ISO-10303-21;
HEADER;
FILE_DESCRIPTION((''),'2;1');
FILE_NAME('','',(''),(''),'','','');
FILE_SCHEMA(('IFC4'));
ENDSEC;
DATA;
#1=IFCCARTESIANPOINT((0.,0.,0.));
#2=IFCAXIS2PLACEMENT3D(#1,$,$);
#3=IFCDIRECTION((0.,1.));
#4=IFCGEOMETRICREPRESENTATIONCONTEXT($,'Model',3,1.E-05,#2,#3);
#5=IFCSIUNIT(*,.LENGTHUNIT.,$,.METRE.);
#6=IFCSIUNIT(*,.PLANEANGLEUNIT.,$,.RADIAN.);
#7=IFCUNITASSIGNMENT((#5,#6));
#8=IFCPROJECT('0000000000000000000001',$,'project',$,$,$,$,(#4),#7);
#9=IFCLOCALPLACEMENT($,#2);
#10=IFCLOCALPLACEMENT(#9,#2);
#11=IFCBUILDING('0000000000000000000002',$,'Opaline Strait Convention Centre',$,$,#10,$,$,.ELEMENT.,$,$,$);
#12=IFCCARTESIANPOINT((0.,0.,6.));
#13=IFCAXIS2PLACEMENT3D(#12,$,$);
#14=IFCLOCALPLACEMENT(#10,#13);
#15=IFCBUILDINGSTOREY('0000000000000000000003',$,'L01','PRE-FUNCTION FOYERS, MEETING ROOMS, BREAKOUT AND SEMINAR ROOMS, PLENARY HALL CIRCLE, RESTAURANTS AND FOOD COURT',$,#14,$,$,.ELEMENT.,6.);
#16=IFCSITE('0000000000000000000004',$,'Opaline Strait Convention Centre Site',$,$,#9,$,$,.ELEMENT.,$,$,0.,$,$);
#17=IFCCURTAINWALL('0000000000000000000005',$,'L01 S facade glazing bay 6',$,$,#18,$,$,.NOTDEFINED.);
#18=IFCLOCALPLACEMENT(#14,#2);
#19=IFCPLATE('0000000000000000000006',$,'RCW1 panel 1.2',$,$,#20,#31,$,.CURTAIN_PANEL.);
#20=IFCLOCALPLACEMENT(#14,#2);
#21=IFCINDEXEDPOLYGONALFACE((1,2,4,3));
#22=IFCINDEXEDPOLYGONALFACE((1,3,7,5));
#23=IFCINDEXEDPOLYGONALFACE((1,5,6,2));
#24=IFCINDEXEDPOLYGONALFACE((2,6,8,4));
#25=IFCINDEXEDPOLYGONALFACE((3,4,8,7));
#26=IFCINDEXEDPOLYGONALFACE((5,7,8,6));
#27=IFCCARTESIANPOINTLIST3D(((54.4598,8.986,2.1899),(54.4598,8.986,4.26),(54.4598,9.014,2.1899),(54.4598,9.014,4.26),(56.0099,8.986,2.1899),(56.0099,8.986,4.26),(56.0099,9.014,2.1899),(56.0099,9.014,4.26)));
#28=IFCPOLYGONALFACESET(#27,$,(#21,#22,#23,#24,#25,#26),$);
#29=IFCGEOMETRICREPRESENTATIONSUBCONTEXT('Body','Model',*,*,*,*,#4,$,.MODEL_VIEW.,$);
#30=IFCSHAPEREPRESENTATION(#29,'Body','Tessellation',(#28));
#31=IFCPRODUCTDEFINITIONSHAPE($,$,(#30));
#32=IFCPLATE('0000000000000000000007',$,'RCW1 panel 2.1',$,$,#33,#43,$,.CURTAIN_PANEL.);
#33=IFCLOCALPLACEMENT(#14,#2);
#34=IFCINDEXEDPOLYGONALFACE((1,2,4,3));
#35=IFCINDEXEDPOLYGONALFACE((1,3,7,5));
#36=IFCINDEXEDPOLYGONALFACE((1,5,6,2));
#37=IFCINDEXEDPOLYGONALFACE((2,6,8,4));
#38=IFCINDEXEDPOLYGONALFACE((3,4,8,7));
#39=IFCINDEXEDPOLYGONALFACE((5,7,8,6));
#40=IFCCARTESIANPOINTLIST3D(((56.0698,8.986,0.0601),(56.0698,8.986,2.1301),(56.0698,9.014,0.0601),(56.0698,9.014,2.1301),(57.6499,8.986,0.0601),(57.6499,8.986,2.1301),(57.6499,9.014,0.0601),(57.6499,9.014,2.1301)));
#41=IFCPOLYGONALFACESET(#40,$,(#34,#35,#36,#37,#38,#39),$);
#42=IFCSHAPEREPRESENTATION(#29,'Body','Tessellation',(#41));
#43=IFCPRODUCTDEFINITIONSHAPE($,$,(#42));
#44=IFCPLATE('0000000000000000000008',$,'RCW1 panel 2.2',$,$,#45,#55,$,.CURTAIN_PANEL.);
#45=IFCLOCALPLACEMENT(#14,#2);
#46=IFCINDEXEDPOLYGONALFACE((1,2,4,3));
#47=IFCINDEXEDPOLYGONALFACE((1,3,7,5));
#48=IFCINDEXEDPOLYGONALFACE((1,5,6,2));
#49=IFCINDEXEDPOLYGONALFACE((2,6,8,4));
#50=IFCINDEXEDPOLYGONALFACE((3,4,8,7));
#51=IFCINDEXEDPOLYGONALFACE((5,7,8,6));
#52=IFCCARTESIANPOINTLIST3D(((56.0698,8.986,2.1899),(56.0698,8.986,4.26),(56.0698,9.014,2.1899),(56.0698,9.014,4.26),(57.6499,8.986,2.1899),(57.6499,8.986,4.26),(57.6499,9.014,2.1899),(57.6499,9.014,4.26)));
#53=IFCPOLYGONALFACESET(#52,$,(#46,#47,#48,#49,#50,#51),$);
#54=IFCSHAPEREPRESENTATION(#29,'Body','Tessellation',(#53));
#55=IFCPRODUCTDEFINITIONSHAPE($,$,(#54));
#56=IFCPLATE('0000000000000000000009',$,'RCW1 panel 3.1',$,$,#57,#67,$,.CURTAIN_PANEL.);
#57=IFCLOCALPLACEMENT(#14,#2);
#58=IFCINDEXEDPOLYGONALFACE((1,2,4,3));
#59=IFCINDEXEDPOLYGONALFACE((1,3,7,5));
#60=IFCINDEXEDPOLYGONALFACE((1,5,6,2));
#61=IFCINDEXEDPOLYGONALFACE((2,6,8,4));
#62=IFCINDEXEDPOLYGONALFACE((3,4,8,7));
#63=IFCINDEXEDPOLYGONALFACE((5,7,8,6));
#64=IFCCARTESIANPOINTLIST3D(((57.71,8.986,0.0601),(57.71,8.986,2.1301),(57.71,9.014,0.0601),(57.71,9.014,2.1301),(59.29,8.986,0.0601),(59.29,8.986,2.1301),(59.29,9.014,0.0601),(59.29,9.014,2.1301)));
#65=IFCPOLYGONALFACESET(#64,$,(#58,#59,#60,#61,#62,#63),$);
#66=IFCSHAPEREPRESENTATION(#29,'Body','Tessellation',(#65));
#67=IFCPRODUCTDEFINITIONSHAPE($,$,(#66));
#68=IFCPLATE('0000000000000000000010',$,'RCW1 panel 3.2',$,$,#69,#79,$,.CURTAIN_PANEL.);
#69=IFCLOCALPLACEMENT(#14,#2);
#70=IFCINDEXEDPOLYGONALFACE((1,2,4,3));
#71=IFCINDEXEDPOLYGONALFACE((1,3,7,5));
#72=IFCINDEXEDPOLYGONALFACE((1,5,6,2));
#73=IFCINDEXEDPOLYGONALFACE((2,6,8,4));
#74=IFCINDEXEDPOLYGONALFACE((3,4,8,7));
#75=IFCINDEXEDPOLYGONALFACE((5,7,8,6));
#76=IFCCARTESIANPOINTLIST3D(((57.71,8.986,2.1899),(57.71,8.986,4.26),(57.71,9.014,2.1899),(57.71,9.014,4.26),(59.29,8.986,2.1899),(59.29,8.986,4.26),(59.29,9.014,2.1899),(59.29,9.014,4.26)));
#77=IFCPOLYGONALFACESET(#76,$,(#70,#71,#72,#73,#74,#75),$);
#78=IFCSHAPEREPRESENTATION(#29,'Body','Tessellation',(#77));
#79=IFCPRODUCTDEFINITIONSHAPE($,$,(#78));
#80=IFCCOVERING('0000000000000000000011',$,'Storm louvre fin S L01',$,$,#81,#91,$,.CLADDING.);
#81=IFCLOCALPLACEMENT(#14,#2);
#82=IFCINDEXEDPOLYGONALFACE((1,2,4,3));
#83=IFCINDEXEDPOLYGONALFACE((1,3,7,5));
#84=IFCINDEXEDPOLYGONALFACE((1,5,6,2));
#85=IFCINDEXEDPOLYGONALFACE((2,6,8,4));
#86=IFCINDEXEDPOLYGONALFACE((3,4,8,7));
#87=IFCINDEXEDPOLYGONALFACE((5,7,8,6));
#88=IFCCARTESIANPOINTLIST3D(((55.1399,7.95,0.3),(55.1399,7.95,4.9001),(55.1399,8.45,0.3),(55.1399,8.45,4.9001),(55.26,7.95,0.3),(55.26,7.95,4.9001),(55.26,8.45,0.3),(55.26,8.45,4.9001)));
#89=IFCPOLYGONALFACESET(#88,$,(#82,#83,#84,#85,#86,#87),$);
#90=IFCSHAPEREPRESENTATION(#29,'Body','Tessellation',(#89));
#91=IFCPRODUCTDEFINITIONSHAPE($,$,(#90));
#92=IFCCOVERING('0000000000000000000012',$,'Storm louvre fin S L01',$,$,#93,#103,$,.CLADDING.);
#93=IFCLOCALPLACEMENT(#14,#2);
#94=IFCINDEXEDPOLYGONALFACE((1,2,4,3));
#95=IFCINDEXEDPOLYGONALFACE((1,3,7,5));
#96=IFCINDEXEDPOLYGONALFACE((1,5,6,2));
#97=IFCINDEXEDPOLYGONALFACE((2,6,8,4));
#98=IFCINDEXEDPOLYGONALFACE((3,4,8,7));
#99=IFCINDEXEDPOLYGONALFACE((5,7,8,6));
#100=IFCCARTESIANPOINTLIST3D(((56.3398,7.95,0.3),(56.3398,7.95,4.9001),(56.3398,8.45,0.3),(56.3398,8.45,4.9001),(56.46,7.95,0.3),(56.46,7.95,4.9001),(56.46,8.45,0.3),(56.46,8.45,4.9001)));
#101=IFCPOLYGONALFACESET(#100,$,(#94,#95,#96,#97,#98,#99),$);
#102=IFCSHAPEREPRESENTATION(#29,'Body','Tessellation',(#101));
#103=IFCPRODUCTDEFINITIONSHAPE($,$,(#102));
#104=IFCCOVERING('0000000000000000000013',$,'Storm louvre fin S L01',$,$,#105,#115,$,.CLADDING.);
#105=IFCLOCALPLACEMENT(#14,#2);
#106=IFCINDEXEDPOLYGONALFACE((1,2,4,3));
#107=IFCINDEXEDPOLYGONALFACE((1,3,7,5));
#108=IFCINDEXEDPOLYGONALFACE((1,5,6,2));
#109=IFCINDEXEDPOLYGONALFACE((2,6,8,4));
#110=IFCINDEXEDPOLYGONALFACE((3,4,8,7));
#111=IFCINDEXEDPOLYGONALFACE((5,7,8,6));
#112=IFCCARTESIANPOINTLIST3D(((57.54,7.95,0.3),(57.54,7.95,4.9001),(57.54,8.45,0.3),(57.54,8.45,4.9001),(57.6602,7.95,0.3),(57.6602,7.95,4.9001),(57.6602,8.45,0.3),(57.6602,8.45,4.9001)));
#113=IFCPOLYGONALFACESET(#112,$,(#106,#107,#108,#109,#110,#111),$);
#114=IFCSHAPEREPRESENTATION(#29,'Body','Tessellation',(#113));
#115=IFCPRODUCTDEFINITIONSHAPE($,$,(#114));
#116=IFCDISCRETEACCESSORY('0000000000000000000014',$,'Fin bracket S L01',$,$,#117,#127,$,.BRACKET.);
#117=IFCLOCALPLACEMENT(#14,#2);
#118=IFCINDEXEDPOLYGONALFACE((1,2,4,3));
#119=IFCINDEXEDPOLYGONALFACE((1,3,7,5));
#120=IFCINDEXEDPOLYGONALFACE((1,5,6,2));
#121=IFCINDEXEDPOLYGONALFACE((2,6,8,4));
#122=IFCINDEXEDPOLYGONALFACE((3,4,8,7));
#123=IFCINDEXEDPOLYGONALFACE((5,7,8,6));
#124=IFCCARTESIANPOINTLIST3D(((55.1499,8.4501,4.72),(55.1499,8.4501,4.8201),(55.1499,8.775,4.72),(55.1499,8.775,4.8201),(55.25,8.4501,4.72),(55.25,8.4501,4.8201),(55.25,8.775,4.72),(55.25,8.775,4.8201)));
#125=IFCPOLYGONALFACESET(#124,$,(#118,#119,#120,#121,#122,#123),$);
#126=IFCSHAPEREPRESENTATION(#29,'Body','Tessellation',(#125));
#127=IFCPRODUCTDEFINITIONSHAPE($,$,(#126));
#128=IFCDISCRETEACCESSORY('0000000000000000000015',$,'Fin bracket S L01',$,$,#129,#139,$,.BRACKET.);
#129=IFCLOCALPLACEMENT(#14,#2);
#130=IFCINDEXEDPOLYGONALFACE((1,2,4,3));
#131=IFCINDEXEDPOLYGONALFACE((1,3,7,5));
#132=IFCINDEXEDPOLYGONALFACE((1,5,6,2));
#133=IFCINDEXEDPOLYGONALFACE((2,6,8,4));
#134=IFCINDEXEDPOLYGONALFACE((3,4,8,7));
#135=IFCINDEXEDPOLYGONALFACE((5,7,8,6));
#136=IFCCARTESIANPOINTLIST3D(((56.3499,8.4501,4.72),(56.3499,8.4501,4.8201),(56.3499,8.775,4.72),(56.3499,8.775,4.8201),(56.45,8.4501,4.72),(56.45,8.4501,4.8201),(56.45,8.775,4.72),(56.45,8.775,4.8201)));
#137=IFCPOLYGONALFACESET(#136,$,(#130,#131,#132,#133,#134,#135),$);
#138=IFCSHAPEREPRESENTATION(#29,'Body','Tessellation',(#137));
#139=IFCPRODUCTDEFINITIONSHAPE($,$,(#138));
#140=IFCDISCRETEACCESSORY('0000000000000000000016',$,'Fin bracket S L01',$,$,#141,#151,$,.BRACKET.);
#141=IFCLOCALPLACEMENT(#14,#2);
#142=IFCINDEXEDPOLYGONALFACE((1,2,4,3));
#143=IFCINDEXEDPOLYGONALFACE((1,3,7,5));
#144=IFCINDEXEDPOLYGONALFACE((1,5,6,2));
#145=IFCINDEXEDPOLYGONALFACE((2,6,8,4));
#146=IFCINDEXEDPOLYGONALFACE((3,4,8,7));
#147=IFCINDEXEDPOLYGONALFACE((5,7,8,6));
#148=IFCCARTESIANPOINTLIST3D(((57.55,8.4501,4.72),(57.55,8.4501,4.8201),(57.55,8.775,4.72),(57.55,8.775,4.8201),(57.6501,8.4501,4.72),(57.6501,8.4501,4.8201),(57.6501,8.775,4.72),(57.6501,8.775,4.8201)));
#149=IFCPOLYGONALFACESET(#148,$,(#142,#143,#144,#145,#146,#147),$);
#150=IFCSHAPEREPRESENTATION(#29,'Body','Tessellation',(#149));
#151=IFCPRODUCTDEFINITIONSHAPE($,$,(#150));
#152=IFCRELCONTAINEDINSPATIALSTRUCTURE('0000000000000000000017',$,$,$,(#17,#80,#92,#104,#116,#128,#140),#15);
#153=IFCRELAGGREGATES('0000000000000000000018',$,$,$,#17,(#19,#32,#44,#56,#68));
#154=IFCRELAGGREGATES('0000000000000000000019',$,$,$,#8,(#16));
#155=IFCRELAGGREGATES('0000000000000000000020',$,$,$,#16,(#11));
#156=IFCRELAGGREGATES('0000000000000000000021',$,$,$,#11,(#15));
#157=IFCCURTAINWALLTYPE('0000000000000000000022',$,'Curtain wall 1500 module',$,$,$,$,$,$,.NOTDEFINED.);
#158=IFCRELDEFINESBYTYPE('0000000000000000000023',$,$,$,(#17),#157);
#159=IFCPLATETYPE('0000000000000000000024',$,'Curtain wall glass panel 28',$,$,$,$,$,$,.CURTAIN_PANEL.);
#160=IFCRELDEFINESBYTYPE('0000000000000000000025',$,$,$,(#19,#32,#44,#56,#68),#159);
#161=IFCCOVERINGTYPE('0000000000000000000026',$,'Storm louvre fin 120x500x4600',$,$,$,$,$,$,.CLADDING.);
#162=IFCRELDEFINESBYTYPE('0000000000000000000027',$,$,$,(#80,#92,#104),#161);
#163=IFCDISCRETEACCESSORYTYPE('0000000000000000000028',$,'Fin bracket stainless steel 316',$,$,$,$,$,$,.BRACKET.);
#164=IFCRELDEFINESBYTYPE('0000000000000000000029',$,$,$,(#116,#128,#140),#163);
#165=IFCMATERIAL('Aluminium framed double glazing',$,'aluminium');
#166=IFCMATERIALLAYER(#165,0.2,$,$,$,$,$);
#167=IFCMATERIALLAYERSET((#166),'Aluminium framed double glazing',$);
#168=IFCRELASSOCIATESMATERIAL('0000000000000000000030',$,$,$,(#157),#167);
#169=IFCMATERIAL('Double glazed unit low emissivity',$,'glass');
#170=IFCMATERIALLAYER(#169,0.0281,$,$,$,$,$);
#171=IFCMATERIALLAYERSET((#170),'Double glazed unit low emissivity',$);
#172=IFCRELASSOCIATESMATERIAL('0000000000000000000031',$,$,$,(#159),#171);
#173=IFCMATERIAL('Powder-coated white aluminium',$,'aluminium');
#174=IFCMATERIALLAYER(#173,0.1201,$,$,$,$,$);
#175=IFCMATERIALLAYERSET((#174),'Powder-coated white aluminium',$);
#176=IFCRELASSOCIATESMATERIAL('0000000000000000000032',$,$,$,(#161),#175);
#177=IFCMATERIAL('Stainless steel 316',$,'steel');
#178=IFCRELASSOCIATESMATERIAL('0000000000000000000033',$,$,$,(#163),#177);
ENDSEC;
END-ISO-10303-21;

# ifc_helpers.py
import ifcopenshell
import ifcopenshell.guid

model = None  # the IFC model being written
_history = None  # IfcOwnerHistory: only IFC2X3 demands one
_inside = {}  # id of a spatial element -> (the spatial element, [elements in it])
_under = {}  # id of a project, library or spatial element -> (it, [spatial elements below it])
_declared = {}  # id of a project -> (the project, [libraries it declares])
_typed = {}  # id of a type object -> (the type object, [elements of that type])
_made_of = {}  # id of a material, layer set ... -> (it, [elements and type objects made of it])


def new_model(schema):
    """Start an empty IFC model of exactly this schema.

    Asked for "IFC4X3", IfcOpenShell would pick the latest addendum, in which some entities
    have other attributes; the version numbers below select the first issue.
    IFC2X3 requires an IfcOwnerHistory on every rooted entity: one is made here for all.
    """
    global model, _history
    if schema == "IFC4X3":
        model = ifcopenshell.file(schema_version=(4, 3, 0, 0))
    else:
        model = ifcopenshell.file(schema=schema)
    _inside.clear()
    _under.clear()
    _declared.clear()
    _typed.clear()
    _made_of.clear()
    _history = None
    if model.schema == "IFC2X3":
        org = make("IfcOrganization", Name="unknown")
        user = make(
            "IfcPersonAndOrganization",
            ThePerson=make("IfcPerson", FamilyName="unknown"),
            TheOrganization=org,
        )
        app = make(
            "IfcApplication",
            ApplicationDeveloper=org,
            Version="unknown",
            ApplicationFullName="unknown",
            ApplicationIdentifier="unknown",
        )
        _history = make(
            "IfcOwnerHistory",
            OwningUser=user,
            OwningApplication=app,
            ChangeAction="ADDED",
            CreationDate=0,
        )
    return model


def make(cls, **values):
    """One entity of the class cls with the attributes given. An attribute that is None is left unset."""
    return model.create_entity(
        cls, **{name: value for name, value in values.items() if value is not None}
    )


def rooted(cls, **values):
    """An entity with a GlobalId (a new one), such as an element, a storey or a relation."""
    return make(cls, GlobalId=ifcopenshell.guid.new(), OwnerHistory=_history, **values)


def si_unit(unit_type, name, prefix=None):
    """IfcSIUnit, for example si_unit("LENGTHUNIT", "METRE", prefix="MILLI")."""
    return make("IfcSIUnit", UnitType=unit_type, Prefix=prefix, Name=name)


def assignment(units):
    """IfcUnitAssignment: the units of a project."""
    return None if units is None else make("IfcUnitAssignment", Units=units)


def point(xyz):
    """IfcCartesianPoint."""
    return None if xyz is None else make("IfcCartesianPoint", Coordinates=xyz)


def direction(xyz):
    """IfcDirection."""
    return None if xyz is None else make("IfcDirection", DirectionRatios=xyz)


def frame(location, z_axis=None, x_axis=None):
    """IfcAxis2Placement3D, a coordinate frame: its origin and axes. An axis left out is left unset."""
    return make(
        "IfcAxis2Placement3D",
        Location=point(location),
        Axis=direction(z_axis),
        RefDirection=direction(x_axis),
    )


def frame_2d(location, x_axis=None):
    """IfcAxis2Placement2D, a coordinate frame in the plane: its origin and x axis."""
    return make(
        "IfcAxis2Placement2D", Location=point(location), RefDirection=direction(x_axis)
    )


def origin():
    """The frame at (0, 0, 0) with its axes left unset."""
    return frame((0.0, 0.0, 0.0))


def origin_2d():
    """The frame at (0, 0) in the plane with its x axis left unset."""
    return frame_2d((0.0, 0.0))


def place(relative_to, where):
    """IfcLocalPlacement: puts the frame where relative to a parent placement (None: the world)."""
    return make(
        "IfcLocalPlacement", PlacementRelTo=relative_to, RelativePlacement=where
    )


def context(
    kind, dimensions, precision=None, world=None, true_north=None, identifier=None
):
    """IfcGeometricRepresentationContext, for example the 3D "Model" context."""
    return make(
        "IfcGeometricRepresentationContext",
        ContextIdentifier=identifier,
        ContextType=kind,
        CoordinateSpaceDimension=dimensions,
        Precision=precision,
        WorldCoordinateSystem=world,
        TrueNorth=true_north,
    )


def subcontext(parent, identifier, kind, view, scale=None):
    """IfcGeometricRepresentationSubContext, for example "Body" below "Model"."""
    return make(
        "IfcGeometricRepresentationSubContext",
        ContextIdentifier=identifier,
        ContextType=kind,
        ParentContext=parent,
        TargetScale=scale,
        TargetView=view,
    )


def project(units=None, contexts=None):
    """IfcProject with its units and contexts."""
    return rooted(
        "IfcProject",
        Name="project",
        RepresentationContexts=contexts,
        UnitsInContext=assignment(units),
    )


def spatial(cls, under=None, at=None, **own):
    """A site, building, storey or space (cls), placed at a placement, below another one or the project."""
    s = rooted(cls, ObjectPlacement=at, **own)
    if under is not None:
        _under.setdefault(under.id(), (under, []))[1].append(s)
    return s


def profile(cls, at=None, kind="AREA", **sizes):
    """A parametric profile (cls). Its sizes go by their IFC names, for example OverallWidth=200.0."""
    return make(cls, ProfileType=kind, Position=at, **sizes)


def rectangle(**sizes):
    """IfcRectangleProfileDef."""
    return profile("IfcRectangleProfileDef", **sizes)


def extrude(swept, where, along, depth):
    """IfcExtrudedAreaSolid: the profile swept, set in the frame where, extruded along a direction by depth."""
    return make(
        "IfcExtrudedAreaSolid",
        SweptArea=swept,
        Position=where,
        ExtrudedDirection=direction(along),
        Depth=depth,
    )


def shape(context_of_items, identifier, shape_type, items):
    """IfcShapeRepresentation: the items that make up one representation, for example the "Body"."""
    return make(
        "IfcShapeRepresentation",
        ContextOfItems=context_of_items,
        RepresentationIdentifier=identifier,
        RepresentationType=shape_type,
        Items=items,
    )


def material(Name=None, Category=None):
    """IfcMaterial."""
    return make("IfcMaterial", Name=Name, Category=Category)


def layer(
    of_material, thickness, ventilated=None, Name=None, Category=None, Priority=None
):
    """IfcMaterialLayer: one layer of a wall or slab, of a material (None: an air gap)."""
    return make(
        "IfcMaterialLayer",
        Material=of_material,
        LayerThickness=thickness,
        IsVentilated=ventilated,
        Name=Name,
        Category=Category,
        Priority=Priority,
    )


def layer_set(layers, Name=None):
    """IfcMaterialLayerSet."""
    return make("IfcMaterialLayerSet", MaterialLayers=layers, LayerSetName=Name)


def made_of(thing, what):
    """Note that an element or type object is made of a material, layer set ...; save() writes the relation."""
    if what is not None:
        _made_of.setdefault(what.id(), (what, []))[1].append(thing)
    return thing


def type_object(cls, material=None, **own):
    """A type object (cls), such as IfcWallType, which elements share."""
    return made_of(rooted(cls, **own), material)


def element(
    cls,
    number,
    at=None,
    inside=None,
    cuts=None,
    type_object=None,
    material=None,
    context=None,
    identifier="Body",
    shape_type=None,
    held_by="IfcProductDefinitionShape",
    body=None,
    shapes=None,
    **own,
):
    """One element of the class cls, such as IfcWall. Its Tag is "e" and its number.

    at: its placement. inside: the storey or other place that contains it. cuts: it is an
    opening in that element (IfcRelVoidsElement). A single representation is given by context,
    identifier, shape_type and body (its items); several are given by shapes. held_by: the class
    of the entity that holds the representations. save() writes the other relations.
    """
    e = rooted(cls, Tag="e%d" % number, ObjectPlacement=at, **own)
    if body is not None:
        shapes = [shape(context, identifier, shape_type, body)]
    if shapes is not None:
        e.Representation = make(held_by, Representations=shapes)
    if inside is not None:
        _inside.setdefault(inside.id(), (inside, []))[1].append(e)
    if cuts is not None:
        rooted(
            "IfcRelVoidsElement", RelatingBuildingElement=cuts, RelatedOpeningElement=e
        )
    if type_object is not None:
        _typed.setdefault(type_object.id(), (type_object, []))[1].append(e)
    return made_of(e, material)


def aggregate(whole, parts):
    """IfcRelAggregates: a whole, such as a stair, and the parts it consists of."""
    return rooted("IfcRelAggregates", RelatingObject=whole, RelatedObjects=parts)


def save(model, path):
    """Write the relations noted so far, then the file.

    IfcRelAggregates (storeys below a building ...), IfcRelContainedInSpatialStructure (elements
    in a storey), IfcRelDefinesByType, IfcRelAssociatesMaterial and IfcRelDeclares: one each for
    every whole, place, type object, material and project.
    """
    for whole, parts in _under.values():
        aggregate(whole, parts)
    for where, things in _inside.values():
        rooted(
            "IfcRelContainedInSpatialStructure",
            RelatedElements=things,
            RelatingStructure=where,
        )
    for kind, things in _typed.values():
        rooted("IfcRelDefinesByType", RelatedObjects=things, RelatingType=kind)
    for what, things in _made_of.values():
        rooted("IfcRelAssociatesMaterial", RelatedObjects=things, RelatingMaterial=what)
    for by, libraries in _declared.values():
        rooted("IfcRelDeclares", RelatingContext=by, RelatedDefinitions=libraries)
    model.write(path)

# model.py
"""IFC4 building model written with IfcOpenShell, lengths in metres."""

from ifc_helpers import new_model, si_unit, direction, frame, origin, origin_2d, place, context, subcontext, project, spatial, rectangle, extrude, material, layer, layer_set, type_object, element, aggregate, save


model = new_model("IFC4")

# Units and contexts
model_context = context("Model", 3, precision=1e-05, world=origin(), true_north=direction((0.0, 1.0)))
body_context = subcontext(model_context, "Body", "Model", "MODEL_VIEW")
ifc_project = project(units=[si_unit("LENGTHUNIT", "METRE"), si_unit("PLANEANGLEUNIT", "RADIAN")], contexts=[model_context])

# Site, building, storey
site_placement = place(None, origin())
site = spatial("IfcSite", under=ifc_project, at=site_placement, Name="Opaline Strait Convention Centre Site", CompositionType="ELEMENT", RefElevation=0.0)
building_placement = place(site_placement, origin())
building = spatial("IfcBuilding", under=site, at=building_placement, Name="Opaline Strait Convention Centre", CompositionType="ELEMENT")
storey_placement = place(building_placement, frame((0.0, 0.0, 6.0)))
storey = spatial("IfcBuildingStorey", under=building, at=storey_placement, Name="L01", Description="PRE-FUNCTION FOYERS, MEETING ROOMS, BREAKOUT AND SEMINAR ROOMS, PLENARY HALL CIRCLE, RESTAURANTS AND FOOD COURT", CompositionType="ELEMENT", Elevation=6.0)

# Curtain wall
ifc_material_1 = material(Name="Aluminium framed double glazing", Category="aluminium")
ifc_layer_1 = layer(ifc_material_1, 0.2)
ifc_layer_set_1 = layer_set([ifc_layer_1], Name="Aluminium framed double glazing")
curtain_wall_type = type_object("IfcCurtainWallType", Name="Curtain wall 1500 module", PredefinedType="NOTDEFINED", material=ifc_layer_set_1)
curtain_wall_placement = place(storey_placement, origin())
curtain_wall = element("IfcCurtainWall", 1, at=curtain_wall_placement, inside=storey, type_object=curtain_wall_type, Name="L01 S facade glazing bay 6", PredefinedType="NOTDEFINED")

# Plates
ifc_material_2 = material(Name="Double glazed unit low emissivity", Category="glass")
ifc_layer_2 = layer(ifc_material_2, 0.0281)
ifc_layer_set_2 = layer_set([ifc_layer_2], Name="Double glazed unit low emissivity")
plate_type = type_object("IfcPlateType", Name="Curtain wall glass panel 28", PredefinedType="CURTAIN_PANEL", material=ifc_layer_set_2)
plate_1_placement = place(storey_placement, frame((55.2349, 9.0, 2.1899), z_axis=(0.0, 0.0, 1.0), x_axis=(1.0, 0.0, 0.0)))
plate_1 = element("IfcPlate", 2, at=plate_1_placement, type_object=plate_type, Name="RCW1 panel 1.2", PredefinedType="CURTAIN_PANEL", context=body_context, shape_type="SweptSolid", body=[
    extrude(rectangle(XDim=1.55, YDim=0.0281, at=origin_2d()), origin(), (0.0, 0.0, 1.0), 2.0701),
])
plate_2_placement = place(storey_placement, frame((56.8599, 9.0, 0.0601), z_axis=(0.0, 0.0, 1.0), x_axis=(1.0, 0.0, 0.0)))
plate_2 = element("IfcPlate", 3, at=plate_2_placement, type_object=plate_type, Name="RCW1 panel 2.1", PredefinedType="CURTAIN_PANEL", context=body_context, shape_type="SweptSolid", body=[
    extrude(rectangle(XDim=1.5801, YDim=0.0281, at=origin_2d()), origin(), (0.0, 0.0, 1.0), 2.0701),
])
plate_3_placement = place(storey_placement, frame((56.8599, 9.0, 2.1899), z_axis=(0.0, 0.0, 1.0), x_axis=(1.0, 0.0, 0.0)))
plate_3 = element("IfcPlate", 4, at=plate_3_placement, type_object=plate_type, Name="RCW1 panel 2.2", PredefinedType="CURTAIN_PANEL", context=body_context, shape_type="SweptSolid", body=[
    extrude(rectangle(XDim=1.5801, YDim=0.0281, at=origin_2d()), origin(), (0.0, 0.0, 1.0), 2.0701),
])
plate_4_placement = place(storey_placement, frame((58.5, 9.0, 0.0601), z_axis=(0.0, 0.0, 1.0), x_axis=(1.0, 0.0, 0.0)))
plate_4 = element("IfcPlate", 5, at=plate_4_placement, type_object=plate_type, Name="RCW1 panel 3.1", PredefinedType="CURTAIN_PANEL", context=body_context, shape_type="SweptSolid", body=[
    extrude(rectangle(XDim=1.5801, YDim=0.0281, at=origin_2d()), origin(), (0.0, 0.0, 1.0), 2.0701),
])
plate_5_placement = place(storey_placement, frame((58.5, 9.0, 2.1899), z_axis=(0.0, 0.0, 1.0), x_axis=(1.0, 0.0, 0.0)))
plate_5 = element("IfcPlate", 6, at=plate_5_placement, type_object=plate_type, Name="RCW1 panel 3.2", PredefinedType="CURTAIN_PANEL", context=body_context, shape_type="SweptSolid", body=[
    extrude(rectangle(XDim=1.5801, YDim=0.0281, at=origin_2d()), origin(), (0.0, 0.0, 1.0), 2.0701),
])
aggregate(curtain_wall, [plate_1, plate_2, plate_3, plate_4, plate_5])

# Coverings
ifc_material_3 = material(Name="Powder-coated white aluminium", Category="aluminium")
ifc_layer_3 = layer(ifc_material_3, 0.1201)
ifc_layer_set_3 = layer_set([ifc_layer_3], Name="Powder-coated white aluminium")
covering_type = type_object("IfcCoveringType", Name="Storm louvre fin 120x500x4600", PredefinedType="CLADDING", material=ifc_layer_set_3)
for number, where, z_axis, x_axis, name in (
    (7, (55.2, 8.2, 0.3), (0.0, 0.0, 1.0), (1.0, 0.0, 0.0), "Storm louvre fin S L01"),
    (8, (56.3999, 8.2, 0.3), (0.0, 0.0, 1.0), (1.0, 0.0, 0.0), "Storm louvre fin S L01"),
    (9, (57.6001, 8.2, 0.3), (0.0, 0.0, 1.0), (1.0, 0.0, 0.0), "Storm louvre fin S L01"),
):
    element("IfcCovering", number, at=place(storey_placement, frame(where, z_axis=z_axis, x_axis=x_axis)), inside=storey, type_object=covering_type, Name=name, PredefinedType="CLADDING", context=body_context, shape_type="SweptSolid", body=[
        extrude(rectangle(XDim=0.1201, YDim=0.5, at=origin_2d()), origin(), (0.0, 0.0, 1.0), 4.6001),
    ])

# Discrete accessories
ifc_material_4 = material(Name="Stainless steel 316", Category="steel")
discrete_accessory_type = type_object("IfcDiscreteAccessoryType", Name="Fin bracket stainless steel 316", PredefinedType="BRACKET", material=ifc_material_4)
for number, where, z_axis, x_axis, name in (
    (10, (55.2, 8.6125, 4.72), (0.0, 0.0, 1.0), (1.0, 0.0, 0.0), "Fin bracket S L01"),
    (11, (56.3999, 8.6125, 4.72), (0.0, 0.0, 1.0), (1.0, 0.0, 0.0), "Fin bracket S L01"),
    (12, (57.6001, 8.6125, 4.72), (0.0, 0.0, 1.0), (1.0, 0.0, 0.0), "Fin bracket S L01"),
):
    element("IfcDiscreteAccessory", number, at=place(storey_placement, frame(where, z_axis=z_axis, x_axis=x_axis)), inside=storey, type_object=discrete_accessory_type, Name=name, PredefinedType="BRACKET", context=body_context, shape_type="SweptSolid", body=[
        extrude(rectangle(XDim=0.1001, YDim=0.325, at=origin_2d()), origin(), (0.0, 0.0, 1.0), 0.1001),
    ])

save(model, "model.ifc")
